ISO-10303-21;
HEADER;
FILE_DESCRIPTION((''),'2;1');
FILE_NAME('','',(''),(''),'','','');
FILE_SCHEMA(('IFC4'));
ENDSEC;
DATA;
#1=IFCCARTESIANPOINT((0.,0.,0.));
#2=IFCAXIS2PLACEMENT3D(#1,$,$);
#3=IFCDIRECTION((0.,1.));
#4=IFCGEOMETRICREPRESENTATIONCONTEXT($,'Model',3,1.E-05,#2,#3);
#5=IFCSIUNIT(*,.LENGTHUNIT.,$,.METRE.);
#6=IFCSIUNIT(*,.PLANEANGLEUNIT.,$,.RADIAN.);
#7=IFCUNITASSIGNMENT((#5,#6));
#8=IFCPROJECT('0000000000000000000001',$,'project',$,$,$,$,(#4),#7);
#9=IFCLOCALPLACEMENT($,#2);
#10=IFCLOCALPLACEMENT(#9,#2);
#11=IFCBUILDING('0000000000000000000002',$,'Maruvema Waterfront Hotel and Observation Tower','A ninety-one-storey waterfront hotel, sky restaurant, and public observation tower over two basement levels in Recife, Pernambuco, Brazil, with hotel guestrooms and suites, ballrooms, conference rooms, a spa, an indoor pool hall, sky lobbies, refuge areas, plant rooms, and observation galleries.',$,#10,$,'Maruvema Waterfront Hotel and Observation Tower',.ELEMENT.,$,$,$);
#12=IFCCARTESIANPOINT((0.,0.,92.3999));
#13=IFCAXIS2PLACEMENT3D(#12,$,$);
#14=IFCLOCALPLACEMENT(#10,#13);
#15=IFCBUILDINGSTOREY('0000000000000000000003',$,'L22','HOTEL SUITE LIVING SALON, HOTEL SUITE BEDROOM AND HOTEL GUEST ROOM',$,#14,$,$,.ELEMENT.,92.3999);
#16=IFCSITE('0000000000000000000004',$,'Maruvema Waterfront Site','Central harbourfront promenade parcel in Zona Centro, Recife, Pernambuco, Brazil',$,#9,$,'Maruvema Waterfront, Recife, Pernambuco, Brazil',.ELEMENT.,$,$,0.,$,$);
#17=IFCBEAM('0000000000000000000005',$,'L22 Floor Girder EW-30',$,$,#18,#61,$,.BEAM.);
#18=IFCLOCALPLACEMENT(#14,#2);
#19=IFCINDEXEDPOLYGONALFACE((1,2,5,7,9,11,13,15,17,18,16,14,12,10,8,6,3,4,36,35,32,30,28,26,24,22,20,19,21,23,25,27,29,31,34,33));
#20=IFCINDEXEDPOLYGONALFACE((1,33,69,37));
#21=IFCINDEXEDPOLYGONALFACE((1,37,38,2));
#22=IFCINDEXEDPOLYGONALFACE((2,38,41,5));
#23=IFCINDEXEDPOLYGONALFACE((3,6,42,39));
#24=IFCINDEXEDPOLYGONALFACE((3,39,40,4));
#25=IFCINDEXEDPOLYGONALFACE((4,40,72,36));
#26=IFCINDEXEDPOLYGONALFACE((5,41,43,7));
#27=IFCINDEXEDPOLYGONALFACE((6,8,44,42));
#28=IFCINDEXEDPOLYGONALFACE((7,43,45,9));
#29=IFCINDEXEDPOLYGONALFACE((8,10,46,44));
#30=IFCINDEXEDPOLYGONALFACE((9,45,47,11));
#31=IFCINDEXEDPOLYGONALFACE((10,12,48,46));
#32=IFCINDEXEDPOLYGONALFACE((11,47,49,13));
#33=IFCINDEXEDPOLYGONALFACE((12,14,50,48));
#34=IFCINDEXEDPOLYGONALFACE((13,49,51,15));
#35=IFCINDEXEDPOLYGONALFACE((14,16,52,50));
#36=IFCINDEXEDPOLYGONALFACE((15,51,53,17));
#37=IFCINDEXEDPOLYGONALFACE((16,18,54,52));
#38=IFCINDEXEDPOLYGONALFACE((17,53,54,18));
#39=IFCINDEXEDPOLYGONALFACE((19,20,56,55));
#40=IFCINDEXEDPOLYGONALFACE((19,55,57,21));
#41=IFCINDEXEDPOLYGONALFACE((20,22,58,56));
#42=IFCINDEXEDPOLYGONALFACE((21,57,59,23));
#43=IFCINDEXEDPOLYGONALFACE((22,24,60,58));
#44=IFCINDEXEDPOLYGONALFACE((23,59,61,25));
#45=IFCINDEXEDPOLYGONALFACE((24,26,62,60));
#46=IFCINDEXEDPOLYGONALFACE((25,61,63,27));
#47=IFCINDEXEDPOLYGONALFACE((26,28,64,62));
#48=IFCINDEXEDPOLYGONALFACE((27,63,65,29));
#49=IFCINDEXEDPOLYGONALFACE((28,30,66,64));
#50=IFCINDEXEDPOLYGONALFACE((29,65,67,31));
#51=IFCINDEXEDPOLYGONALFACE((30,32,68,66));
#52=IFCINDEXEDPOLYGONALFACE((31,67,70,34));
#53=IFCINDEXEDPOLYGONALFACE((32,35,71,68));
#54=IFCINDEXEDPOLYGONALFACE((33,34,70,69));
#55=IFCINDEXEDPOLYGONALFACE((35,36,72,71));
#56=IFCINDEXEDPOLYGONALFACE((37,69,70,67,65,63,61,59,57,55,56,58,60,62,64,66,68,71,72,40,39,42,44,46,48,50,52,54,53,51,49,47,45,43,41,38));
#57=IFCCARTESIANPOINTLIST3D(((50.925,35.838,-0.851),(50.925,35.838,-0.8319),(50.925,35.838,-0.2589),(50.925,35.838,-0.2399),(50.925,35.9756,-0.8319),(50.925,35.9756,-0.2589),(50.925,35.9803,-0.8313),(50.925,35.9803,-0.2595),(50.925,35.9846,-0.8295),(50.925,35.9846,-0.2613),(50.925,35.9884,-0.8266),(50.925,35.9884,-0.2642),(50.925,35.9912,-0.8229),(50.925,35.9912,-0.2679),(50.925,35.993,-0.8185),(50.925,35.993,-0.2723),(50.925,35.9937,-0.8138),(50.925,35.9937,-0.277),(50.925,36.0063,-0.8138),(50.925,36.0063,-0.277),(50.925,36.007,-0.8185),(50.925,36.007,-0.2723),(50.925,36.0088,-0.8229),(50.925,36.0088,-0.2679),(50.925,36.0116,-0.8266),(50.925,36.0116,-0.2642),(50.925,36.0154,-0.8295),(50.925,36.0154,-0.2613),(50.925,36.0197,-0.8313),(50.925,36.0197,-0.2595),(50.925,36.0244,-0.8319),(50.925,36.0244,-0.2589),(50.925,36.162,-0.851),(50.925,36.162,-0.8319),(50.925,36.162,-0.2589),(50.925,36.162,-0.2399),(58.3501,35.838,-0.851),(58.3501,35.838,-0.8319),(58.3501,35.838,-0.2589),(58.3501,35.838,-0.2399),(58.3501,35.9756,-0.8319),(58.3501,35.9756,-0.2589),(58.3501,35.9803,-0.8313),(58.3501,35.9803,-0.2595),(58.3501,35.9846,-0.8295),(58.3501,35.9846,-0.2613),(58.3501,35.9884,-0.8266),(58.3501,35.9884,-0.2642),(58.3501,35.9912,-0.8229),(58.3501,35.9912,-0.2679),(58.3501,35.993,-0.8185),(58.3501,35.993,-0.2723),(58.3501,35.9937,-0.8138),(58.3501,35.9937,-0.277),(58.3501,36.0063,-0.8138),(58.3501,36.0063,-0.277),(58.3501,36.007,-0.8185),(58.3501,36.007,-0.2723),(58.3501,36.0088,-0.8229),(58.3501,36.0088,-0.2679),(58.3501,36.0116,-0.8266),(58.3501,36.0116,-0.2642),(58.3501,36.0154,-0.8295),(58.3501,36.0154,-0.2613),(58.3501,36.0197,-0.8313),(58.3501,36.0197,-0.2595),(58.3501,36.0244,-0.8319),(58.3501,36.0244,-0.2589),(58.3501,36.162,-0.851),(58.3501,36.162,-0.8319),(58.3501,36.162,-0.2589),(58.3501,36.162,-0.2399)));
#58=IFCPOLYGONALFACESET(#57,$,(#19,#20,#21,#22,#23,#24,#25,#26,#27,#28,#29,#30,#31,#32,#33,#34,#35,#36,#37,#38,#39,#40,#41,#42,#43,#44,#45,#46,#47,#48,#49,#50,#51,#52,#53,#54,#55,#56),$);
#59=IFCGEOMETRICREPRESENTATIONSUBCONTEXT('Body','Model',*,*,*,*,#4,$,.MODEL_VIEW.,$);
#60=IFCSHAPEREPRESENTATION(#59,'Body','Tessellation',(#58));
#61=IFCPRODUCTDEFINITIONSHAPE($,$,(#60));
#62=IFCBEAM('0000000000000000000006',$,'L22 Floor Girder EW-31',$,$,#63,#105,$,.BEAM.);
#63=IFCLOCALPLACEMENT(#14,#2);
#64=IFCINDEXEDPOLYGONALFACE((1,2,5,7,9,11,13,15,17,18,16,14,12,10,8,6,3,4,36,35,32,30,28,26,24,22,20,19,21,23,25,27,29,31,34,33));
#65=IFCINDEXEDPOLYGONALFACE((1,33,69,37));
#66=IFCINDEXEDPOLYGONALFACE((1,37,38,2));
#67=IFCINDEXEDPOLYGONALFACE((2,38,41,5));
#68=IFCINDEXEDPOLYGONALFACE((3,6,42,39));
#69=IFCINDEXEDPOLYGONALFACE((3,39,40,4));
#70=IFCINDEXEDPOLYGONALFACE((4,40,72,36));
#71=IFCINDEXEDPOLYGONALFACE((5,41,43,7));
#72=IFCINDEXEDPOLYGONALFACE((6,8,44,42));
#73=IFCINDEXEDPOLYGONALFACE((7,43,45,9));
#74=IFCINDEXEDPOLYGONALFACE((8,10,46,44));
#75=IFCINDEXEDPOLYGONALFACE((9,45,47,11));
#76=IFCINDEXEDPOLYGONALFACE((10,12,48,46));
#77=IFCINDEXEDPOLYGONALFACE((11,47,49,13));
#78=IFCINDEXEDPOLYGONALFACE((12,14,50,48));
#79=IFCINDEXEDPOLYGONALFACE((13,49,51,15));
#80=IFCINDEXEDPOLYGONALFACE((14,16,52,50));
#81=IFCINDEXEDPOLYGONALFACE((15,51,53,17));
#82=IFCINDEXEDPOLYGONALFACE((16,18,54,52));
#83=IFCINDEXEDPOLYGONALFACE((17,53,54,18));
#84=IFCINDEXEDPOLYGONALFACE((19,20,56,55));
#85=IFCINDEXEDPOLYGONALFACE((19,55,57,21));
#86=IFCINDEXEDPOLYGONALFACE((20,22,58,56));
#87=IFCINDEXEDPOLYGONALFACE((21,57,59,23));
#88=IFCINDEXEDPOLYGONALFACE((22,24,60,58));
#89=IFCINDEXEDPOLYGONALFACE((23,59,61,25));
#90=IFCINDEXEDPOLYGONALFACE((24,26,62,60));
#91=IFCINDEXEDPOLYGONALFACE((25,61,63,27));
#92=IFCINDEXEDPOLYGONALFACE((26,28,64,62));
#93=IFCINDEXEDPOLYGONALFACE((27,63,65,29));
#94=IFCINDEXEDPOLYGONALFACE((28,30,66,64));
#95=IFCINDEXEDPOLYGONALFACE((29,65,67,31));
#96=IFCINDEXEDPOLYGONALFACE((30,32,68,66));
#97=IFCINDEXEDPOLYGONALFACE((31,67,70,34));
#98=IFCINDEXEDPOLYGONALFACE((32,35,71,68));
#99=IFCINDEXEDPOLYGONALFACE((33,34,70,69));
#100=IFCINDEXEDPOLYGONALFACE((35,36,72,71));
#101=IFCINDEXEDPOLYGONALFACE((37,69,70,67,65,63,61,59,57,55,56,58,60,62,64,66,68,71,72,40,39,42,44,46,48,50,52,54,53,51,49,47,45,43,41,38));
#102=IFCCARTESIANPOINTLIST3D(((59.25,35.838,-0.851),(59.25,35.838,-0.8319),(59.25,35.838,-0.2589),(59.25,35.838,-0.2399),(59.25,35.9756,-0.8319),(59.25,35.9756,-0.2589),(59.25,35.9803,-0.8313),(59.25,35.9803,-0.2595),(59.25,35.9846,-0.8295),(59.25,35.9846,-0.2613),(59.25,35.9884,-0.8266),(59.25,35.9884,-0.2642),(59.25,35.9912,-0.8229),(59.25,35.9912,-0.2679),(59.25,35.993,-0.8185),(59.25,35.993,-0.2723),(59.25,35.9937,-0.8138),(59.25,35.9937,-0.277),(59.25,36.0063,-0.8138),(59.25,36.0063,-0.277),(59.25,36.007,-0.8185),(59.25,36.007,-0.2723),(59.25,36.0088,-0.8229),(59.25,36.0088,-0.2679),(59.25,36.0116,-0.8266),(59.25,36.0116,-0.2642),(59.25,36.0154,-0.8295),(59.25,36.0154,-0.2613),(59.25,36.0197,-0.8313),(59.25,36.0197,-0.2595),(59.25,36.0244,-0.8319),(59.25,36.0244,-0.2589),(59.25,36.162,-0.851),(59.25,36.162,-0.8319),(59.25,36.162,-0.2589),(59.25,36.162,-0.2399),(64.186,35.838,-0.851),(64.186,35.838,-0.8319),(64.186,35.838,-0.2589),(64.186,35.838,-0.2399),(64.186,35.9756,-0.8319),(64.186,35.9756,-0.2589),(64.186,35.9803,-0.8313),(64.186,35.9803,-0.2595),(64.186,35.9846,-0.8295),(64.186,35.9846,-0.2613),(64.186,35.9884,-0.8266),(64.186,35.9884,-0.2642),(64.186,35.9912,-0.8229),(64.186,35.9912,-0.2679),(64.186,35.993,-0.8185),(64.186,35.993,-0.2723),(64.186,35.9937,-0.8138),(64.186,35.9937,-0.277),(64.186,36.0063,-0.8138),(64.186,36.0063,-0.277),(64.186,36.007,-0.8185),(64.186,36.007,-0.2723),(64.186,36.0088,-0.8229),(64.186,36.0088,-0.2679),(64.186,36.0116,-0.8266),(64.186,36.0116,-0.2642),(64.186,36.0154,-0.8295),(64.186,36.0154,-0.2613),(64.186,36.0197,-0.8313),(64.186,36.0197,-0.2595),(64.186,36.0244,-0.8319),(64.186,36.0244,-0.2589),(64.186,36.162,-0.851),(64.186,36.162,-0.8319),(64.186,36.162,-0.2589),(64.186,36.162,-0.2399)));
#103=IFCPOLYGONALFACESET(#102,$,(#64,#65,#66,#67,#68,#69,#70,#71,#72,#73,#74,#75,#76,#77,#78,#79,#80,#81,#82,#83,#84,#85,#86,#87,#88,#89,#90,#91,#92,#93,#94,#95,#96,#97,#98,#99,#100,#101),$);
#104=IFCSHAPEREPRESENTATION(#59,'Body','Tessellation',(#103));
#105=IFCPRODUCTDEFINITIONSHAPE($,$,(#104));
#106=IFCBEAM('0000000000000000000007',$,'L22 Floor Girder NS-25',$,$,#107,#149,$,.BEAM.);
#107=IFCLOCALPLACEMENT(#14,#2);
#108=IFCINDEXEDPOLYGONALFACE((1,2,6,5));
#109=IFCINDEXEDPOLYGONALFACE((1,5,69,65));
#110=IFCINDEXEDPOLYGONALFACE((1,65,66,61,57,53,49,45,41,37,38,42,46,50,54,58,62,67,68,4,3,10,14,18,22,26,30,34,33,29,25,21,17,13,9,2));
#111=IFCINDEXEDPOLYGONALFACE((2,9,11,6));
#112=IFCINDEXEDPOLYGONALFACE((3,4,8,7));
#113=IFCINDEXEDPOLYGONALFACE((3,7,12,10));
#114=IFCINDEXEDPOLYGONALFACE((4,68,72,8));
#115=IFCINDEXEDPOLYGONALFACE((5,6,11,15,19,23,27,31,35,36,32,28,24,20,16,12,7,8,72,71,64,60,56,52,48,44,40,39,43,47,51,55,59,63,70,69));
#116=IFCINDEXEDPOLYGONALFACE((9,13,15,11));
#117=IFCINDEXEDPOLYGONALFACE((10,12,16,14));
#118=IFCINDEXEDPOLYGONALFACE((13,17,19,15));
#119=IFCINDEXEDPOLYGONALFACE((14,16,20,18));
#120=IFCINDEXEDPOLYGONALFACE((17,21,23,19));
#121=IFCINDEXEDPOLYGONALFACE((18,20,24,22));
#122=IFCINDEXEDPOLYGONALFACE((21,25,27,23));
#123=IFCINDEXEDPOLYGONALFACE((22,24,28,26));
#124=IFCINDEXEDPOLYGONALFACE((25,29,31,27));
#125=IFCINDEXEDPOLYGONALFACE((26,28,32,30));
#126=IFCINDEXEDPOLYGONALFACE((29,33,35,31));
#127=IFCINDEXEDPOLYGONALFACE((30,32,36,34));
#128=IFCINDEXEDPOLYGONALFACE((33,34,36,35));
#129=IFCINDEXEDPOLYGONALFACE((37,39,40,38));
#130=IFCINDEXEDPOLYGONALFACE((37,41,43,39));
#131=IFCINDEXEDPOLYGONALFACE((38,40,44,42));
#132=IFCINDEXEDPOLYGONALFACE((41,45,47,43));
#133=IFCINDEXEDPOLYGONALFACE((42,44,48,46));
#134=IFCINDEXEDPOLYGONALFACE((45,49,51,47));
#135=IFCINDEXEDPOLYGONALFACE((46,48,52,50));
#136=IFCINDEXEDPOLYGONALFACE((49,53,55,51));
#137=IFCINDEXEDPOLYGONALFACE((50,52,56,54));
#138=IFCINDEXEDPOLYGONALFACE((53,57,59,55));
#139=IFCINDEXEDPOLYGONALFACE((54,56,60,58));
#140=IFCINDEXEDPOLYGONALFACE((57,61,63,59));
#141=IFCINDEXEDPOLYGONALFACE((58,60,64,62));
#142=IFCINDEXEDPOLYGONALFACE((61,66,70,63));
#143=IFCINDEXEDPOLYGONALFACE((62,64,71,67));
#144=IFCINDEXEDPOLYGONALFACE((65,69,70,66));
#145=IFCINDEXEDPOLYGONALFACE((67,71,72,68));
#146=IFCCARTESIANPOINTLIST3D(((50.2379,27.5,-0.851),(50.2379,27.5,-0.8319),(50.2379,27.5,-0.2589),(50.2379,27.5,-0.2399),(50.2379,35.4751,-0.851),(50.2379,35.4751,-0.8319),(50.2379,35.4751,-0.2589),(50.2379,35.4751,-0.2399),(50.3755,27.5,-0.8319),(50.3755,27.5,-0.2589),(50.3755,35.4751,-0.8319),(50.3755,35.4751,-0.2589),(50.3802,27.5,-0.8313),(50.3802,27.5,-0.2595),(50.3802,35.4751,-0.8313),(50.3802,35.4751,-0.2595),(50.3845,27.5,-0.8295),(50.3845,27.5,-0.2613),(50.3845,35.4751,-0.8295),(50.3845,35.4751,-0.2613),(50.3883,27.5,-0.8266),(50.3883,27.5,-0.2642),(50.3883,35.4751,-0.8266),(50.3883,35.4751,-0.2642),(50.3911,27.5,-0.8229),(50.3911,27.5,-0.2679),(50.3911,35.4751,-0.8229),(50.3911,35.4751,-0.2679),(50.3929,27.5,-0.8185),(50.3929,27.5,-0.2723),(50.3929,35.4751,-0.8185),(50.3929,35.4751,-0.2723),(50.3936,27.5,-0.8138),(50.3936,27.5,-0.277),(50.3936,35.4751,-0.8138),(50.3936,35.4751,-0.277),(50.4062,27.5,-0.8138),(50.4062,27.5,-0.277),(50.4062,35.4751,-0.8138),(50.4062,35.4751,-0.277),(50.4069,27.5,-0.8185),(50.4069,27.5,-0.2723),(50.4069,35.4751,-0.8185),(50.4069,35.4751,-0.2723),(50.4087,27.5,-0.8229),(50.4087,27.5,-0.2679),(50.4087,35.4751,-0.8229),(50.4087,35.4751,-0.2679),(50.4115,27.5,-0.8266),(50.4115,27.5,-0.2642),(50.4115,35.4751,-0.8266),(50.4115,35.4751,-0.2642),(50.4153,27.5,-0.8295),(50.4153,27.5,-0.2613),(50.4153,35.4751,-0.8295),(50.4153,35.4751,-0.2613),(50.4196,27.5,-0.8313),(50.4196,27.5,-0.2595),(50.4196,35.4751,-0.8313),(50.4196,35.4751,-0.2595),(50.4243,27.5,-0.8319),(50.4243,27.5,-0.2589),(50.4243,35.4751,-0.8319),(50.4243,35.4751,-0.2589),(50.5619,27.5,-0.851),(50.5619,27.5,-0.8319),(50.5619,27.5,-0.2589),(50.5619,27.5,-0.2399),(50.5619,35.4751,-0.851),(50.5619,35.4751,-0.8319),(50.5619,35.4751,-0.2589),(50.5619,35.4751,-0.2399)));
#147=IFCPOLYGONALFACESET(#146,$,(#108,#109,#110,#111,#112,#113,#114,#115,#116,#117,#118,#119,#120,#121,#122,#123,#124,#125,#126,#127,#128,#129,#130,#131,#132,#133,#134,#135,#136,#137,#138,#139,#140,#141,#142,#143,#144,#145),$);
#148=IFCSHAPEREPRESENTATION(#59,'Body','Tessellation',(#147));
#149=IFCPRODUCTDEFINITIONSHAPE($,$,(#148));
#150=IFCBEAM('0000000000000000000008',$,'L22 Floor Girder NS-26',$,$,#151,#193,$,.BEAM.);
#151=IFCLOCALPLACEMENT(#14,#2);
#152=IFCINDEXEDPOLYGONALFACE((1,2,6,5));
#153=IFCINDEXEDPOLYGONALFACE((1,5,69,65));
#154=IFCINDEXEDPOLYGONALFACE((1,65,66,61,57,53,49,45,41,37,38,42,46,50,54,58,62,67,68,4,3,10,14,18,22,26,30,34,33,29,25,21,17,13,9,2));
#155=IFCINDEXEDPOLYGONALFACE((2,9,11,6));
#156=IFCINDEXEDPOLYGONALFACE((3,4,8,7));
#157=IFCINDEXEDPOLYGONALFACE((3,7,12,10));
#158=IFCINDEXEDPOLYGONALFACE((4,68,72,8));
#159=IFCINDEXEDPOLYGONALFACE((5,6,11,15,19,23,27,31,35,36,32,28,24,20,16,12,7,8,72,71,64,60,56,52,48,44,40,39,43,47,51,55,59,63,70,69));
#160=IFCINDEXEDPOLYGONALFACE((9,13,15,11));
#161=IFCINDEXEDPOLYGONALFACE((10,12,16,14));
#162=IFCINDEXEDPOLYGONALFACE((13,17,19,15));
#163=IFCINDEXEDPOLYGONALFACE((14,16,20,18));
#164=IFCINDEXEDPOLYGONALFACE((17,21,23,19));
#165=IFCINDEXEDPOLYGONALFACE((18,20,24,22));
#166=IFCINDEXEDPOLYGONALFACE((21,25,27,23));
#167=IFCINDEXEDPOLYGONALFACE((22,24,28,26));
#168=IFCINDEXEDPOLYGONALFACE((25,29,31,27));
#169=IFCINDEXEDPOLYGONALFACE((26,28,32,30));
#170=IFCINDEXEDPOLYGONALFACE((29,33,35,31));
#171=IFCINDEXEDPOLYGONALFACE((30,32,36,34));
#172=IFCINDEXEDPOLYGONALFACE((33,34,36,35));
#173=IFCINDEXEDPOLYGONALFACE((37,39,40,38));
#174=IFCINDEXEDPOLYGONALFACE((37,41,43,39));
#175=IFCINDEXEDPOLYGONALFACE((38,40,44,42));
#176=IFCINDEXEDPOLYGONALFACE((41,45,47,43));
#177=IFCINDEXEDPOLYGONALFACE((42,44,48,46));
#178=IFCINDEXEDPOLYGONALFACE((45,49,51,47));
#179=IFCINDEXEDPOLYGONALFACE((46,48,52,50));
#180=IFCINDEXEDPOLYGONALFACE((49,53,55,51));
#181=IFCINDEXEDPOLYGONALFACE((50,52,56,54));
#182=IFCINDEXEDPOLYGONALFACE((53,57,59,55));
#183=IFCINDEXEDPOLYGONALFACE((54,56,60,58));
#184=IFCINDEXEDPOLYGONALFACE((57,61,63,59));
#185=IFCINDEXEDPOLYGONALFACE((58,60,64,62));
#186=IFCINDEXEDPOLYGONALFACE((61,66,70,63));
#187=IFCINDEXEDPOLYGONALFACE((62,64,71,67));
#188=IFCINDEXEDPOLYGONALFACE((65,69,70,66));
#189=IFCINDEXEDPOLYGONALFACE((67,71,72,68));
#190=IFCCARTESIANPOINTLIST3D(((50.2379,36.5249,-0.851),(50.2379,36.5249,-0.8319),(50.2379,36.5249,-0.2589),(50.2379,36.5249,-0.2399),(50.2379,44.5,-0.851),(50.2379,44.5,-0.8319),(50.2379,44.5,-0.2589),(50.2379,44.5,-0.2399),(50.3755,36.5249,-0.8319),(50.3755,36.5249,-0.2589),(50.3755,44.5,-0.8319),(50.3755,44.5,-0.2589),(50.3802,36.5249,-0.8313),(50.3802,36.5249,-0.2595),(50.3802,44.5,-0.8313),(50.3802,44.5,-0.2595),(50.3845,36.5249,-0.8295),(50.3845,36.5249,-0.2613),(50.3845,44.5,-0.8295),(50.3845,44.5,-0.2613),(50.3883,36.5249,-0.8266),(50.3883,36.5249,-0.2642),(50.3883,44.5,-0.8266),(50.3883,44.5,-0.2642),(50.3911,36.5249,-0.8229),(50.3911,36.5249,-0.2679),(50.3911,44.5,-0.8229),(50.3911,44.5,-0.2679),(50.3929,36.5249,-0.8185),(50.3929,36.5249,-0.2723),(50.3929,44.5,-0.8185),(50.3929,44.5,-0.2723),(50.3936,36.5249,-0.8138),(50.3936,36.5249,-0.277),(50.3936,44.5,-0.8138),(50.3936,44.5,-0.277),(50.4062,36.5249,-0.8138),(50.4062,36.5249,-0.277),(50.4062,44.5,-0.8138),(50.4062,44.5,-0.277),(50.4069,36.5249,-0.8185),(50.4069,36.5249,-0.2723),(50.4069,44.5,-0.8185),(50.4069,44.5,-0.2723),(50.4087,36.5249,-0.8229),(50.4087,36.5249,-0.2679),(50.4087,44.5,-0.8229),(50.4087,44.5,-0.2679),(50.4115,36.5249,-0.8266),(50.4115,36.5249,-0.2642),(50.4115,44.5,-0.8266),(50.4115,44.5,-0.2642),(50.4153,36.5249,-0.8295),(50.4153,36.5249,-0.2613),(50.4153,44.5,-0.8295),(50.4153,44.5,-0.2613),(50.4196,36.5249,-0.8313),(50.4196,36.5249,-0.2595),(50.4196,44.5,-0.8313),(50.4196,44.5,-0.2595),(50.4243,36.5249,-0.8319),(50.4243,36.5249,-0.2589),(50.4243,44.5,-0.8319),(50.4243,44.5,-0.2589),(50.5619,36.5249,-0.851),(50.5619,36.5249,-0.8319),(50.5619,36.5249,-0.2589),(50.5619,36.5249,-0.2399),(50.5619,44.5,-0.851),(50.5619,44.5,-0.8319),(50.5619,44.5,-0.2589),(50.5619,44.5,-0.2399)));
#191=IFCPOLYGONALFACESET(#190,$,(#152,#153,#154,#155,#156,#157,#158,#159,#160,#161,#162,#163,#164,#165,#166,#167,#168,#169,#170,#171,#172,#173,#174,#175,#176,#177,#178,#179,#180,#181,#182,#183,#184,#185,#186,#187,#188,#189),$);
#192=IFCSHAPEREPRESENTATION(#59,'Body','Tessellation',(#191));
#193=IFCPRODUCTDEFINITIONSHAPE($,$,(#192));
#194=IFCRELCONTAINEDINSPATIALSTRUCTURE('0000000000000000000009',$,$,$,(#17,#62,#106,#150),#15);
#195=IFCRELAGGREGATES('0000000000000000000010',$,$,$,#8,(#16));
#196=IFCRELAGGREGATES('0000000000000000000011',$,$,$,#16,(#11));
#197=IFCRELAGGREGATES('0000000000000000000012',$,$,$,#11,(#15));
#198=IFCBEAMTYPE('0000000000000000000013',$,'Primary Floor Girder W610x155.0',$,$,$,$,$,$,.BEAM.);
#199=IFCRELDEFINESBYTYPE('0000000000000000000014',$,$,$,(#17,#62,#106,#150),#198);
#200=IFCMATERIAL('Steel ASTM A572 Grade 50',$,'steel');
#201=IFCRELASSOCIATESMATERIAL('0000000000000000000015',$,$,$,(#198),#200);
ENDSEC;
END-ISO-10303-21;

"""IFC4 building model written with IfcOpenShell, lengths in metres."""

from ifc_helpers import new_model, si_unit, direction, frame, origin, origin_2d, place, context, subcontext, project, spatial, i_section, extrude, material, material_profile, profile_set, type_object, element, save


model = new_model("IFC4")

# Units and contexts
model_context = context("Model", 3, precision=1e-05, world=origin(), true_north=direction((0.0, 1.0)))
body_context = subcontext(model_context, "Body", "Model", "MODEL_VIEW")
ifc_project = project(units=[si_unit("LENGTHUNIT", "METRE"), si_unit("PLANEANGLEUNIT", "RADIAN")], contexts=[model_context])

# Site, building, storey
site_placement = place(None, origin())
site = spatial("IfcSite", under=ifc_project, at=site_placement, Name="Maruvema Waterfront Site", Description="Central harbourfront promenade parcel in Zona Centro, Recife, Pernambuco, Brazil", LongName="Maruvema Waterfront, Recife, Pernambuco, Brazil", CompositionType="ELEMENT", RefElevation=0.0)
building_placement = place(site_placement, origin())
building = spatial("IfcBuilding", under=site, at=building_placement, Name="Maruvema Waterfront Hotel and Observation Tower", Description="A ninety-one-storey waterfront hotel, sky restaurant, and public observation tower over two basement levels in Recife, Pernambuco, Brazil, with hotel guestrooms and suites, ballrooms, conference rooms, a spa, an indoor pool hall, sky lobbies, refuge areas, plant rooms, and observation galleries.", LongName="Maruvema Waterfront Hotel and Observation Tower", CompositionType="ELEMENT")
storey_placement = place(building_placement, frame((0.0, 0.0, 92.3999)))
storey = spatial("IfcBuildingStorey", under=building, at=storey_placement, Name="L22", Description="HOTEL SUITE LIVING SALON, HOTEL SUITE BEDROOM AND HOTEL GUEST ROOM", CompositionType="ELEMENT", Elevation=92.3999)

# Beams
ifc_material_1 = material(Name="Steel ASTM A572 Grade 50", Category="steel")
ifc_material_profile_1 = material_profile(ifc_material_1, i_section(OverallWidth=0.324, OverallDepth=0.6111, WebThickness=0.0127, FlangeThickness=0.019, FilletRadius=0.0181, at=origin_2d()), Name="W610x155.0")
ifc_profile_set_1 = profile_set([ifc_material_profile_1], Name="Steel ASTM A572 Grade 50")
beam_type_1 = type_object("IfcBeamType", Name="Primary Floor Girder W610x155.0", PredefinedType="BEAM", material=ifc_profile_set_1)
beam_1_placement = place(storey_placement, frame((50.925, 36.0, -0.5454), z_axis=(1.0, 0.0, 0.0), x_axis=(0.0, 1.0, 0.0)))
element("IfcBeam", 1, at=beam_1_placement, inside=storey, type_object=beam_type_1, Name="L22 Floor Girder EW-30", PredefinedType="BEAM", context=body_context, shape_type="SweptSolid", body=[
    extrude(i_section(OverallWidth=0.324, OverallDepth=0.6111, WebThickness=0.0127, FlangeThickness=0.019, FilletRadius=0.0181, at=origin_2d()), origin(), (0.0, 0.0, 1.0), 7.425),
])
beam_2_placement = place(storey_placement, frame((59.25, 36.0, -0.5454), z_axis=(1.0, 0.0, 0.0), x_axis=(0.0, 1.0, 0.0)))
element("IfcBeam", 2, at=beam_2_placement, inside=storey, type_object=beam_type_1, Name="L22 Floor Girder EW-31", PredefinedType="BEAM", context=body_context, shape_type="SweptSolid", body=[
    extrude(i_section(OverallWidth=0.324, OverallDepth=0.6111, WebThickness=0.0127, FlangeThickness=0.019, FilletRadius=0.0181, at=origin_2d()), origin(), (0.0, 0.0, 1.0), 4.936),
])
for number, where, z_axis, x_axis, name in (
    (3, (50.3999, 27.5, -0.5454), (0.0, 1.0, 0.0), (-1.0, 0.0, 0.0), "L22 Floor Girder NS-25"),
    (4, (50.3999, 36.5249, -0.5454), (0.0, 1.0, 0.0), (-1.0, 0.0, 0.0), "L22 Floor Girder NS-26"),
):
    element("IfcBeam", number, at=place(storey_placement, frame(where, z_axis=z_axis, x_axis=x_axis)), inside=storey, type_object=beam_type_1, Name=name, PredefinedType="BEAM", context=body_context, shape_type="SweptSolid", body=[
        extrude(i_section(OverallWidth=0.324, OverallDepth=0.6111, WebThickness=0.0127, FlangeThickness=0.019, FilletRadius=0.0181, at=origin_2d()), origin(), (0.0, 0.0, 1.0), 7.9751),
    ])

save(model, "model.ifc")
